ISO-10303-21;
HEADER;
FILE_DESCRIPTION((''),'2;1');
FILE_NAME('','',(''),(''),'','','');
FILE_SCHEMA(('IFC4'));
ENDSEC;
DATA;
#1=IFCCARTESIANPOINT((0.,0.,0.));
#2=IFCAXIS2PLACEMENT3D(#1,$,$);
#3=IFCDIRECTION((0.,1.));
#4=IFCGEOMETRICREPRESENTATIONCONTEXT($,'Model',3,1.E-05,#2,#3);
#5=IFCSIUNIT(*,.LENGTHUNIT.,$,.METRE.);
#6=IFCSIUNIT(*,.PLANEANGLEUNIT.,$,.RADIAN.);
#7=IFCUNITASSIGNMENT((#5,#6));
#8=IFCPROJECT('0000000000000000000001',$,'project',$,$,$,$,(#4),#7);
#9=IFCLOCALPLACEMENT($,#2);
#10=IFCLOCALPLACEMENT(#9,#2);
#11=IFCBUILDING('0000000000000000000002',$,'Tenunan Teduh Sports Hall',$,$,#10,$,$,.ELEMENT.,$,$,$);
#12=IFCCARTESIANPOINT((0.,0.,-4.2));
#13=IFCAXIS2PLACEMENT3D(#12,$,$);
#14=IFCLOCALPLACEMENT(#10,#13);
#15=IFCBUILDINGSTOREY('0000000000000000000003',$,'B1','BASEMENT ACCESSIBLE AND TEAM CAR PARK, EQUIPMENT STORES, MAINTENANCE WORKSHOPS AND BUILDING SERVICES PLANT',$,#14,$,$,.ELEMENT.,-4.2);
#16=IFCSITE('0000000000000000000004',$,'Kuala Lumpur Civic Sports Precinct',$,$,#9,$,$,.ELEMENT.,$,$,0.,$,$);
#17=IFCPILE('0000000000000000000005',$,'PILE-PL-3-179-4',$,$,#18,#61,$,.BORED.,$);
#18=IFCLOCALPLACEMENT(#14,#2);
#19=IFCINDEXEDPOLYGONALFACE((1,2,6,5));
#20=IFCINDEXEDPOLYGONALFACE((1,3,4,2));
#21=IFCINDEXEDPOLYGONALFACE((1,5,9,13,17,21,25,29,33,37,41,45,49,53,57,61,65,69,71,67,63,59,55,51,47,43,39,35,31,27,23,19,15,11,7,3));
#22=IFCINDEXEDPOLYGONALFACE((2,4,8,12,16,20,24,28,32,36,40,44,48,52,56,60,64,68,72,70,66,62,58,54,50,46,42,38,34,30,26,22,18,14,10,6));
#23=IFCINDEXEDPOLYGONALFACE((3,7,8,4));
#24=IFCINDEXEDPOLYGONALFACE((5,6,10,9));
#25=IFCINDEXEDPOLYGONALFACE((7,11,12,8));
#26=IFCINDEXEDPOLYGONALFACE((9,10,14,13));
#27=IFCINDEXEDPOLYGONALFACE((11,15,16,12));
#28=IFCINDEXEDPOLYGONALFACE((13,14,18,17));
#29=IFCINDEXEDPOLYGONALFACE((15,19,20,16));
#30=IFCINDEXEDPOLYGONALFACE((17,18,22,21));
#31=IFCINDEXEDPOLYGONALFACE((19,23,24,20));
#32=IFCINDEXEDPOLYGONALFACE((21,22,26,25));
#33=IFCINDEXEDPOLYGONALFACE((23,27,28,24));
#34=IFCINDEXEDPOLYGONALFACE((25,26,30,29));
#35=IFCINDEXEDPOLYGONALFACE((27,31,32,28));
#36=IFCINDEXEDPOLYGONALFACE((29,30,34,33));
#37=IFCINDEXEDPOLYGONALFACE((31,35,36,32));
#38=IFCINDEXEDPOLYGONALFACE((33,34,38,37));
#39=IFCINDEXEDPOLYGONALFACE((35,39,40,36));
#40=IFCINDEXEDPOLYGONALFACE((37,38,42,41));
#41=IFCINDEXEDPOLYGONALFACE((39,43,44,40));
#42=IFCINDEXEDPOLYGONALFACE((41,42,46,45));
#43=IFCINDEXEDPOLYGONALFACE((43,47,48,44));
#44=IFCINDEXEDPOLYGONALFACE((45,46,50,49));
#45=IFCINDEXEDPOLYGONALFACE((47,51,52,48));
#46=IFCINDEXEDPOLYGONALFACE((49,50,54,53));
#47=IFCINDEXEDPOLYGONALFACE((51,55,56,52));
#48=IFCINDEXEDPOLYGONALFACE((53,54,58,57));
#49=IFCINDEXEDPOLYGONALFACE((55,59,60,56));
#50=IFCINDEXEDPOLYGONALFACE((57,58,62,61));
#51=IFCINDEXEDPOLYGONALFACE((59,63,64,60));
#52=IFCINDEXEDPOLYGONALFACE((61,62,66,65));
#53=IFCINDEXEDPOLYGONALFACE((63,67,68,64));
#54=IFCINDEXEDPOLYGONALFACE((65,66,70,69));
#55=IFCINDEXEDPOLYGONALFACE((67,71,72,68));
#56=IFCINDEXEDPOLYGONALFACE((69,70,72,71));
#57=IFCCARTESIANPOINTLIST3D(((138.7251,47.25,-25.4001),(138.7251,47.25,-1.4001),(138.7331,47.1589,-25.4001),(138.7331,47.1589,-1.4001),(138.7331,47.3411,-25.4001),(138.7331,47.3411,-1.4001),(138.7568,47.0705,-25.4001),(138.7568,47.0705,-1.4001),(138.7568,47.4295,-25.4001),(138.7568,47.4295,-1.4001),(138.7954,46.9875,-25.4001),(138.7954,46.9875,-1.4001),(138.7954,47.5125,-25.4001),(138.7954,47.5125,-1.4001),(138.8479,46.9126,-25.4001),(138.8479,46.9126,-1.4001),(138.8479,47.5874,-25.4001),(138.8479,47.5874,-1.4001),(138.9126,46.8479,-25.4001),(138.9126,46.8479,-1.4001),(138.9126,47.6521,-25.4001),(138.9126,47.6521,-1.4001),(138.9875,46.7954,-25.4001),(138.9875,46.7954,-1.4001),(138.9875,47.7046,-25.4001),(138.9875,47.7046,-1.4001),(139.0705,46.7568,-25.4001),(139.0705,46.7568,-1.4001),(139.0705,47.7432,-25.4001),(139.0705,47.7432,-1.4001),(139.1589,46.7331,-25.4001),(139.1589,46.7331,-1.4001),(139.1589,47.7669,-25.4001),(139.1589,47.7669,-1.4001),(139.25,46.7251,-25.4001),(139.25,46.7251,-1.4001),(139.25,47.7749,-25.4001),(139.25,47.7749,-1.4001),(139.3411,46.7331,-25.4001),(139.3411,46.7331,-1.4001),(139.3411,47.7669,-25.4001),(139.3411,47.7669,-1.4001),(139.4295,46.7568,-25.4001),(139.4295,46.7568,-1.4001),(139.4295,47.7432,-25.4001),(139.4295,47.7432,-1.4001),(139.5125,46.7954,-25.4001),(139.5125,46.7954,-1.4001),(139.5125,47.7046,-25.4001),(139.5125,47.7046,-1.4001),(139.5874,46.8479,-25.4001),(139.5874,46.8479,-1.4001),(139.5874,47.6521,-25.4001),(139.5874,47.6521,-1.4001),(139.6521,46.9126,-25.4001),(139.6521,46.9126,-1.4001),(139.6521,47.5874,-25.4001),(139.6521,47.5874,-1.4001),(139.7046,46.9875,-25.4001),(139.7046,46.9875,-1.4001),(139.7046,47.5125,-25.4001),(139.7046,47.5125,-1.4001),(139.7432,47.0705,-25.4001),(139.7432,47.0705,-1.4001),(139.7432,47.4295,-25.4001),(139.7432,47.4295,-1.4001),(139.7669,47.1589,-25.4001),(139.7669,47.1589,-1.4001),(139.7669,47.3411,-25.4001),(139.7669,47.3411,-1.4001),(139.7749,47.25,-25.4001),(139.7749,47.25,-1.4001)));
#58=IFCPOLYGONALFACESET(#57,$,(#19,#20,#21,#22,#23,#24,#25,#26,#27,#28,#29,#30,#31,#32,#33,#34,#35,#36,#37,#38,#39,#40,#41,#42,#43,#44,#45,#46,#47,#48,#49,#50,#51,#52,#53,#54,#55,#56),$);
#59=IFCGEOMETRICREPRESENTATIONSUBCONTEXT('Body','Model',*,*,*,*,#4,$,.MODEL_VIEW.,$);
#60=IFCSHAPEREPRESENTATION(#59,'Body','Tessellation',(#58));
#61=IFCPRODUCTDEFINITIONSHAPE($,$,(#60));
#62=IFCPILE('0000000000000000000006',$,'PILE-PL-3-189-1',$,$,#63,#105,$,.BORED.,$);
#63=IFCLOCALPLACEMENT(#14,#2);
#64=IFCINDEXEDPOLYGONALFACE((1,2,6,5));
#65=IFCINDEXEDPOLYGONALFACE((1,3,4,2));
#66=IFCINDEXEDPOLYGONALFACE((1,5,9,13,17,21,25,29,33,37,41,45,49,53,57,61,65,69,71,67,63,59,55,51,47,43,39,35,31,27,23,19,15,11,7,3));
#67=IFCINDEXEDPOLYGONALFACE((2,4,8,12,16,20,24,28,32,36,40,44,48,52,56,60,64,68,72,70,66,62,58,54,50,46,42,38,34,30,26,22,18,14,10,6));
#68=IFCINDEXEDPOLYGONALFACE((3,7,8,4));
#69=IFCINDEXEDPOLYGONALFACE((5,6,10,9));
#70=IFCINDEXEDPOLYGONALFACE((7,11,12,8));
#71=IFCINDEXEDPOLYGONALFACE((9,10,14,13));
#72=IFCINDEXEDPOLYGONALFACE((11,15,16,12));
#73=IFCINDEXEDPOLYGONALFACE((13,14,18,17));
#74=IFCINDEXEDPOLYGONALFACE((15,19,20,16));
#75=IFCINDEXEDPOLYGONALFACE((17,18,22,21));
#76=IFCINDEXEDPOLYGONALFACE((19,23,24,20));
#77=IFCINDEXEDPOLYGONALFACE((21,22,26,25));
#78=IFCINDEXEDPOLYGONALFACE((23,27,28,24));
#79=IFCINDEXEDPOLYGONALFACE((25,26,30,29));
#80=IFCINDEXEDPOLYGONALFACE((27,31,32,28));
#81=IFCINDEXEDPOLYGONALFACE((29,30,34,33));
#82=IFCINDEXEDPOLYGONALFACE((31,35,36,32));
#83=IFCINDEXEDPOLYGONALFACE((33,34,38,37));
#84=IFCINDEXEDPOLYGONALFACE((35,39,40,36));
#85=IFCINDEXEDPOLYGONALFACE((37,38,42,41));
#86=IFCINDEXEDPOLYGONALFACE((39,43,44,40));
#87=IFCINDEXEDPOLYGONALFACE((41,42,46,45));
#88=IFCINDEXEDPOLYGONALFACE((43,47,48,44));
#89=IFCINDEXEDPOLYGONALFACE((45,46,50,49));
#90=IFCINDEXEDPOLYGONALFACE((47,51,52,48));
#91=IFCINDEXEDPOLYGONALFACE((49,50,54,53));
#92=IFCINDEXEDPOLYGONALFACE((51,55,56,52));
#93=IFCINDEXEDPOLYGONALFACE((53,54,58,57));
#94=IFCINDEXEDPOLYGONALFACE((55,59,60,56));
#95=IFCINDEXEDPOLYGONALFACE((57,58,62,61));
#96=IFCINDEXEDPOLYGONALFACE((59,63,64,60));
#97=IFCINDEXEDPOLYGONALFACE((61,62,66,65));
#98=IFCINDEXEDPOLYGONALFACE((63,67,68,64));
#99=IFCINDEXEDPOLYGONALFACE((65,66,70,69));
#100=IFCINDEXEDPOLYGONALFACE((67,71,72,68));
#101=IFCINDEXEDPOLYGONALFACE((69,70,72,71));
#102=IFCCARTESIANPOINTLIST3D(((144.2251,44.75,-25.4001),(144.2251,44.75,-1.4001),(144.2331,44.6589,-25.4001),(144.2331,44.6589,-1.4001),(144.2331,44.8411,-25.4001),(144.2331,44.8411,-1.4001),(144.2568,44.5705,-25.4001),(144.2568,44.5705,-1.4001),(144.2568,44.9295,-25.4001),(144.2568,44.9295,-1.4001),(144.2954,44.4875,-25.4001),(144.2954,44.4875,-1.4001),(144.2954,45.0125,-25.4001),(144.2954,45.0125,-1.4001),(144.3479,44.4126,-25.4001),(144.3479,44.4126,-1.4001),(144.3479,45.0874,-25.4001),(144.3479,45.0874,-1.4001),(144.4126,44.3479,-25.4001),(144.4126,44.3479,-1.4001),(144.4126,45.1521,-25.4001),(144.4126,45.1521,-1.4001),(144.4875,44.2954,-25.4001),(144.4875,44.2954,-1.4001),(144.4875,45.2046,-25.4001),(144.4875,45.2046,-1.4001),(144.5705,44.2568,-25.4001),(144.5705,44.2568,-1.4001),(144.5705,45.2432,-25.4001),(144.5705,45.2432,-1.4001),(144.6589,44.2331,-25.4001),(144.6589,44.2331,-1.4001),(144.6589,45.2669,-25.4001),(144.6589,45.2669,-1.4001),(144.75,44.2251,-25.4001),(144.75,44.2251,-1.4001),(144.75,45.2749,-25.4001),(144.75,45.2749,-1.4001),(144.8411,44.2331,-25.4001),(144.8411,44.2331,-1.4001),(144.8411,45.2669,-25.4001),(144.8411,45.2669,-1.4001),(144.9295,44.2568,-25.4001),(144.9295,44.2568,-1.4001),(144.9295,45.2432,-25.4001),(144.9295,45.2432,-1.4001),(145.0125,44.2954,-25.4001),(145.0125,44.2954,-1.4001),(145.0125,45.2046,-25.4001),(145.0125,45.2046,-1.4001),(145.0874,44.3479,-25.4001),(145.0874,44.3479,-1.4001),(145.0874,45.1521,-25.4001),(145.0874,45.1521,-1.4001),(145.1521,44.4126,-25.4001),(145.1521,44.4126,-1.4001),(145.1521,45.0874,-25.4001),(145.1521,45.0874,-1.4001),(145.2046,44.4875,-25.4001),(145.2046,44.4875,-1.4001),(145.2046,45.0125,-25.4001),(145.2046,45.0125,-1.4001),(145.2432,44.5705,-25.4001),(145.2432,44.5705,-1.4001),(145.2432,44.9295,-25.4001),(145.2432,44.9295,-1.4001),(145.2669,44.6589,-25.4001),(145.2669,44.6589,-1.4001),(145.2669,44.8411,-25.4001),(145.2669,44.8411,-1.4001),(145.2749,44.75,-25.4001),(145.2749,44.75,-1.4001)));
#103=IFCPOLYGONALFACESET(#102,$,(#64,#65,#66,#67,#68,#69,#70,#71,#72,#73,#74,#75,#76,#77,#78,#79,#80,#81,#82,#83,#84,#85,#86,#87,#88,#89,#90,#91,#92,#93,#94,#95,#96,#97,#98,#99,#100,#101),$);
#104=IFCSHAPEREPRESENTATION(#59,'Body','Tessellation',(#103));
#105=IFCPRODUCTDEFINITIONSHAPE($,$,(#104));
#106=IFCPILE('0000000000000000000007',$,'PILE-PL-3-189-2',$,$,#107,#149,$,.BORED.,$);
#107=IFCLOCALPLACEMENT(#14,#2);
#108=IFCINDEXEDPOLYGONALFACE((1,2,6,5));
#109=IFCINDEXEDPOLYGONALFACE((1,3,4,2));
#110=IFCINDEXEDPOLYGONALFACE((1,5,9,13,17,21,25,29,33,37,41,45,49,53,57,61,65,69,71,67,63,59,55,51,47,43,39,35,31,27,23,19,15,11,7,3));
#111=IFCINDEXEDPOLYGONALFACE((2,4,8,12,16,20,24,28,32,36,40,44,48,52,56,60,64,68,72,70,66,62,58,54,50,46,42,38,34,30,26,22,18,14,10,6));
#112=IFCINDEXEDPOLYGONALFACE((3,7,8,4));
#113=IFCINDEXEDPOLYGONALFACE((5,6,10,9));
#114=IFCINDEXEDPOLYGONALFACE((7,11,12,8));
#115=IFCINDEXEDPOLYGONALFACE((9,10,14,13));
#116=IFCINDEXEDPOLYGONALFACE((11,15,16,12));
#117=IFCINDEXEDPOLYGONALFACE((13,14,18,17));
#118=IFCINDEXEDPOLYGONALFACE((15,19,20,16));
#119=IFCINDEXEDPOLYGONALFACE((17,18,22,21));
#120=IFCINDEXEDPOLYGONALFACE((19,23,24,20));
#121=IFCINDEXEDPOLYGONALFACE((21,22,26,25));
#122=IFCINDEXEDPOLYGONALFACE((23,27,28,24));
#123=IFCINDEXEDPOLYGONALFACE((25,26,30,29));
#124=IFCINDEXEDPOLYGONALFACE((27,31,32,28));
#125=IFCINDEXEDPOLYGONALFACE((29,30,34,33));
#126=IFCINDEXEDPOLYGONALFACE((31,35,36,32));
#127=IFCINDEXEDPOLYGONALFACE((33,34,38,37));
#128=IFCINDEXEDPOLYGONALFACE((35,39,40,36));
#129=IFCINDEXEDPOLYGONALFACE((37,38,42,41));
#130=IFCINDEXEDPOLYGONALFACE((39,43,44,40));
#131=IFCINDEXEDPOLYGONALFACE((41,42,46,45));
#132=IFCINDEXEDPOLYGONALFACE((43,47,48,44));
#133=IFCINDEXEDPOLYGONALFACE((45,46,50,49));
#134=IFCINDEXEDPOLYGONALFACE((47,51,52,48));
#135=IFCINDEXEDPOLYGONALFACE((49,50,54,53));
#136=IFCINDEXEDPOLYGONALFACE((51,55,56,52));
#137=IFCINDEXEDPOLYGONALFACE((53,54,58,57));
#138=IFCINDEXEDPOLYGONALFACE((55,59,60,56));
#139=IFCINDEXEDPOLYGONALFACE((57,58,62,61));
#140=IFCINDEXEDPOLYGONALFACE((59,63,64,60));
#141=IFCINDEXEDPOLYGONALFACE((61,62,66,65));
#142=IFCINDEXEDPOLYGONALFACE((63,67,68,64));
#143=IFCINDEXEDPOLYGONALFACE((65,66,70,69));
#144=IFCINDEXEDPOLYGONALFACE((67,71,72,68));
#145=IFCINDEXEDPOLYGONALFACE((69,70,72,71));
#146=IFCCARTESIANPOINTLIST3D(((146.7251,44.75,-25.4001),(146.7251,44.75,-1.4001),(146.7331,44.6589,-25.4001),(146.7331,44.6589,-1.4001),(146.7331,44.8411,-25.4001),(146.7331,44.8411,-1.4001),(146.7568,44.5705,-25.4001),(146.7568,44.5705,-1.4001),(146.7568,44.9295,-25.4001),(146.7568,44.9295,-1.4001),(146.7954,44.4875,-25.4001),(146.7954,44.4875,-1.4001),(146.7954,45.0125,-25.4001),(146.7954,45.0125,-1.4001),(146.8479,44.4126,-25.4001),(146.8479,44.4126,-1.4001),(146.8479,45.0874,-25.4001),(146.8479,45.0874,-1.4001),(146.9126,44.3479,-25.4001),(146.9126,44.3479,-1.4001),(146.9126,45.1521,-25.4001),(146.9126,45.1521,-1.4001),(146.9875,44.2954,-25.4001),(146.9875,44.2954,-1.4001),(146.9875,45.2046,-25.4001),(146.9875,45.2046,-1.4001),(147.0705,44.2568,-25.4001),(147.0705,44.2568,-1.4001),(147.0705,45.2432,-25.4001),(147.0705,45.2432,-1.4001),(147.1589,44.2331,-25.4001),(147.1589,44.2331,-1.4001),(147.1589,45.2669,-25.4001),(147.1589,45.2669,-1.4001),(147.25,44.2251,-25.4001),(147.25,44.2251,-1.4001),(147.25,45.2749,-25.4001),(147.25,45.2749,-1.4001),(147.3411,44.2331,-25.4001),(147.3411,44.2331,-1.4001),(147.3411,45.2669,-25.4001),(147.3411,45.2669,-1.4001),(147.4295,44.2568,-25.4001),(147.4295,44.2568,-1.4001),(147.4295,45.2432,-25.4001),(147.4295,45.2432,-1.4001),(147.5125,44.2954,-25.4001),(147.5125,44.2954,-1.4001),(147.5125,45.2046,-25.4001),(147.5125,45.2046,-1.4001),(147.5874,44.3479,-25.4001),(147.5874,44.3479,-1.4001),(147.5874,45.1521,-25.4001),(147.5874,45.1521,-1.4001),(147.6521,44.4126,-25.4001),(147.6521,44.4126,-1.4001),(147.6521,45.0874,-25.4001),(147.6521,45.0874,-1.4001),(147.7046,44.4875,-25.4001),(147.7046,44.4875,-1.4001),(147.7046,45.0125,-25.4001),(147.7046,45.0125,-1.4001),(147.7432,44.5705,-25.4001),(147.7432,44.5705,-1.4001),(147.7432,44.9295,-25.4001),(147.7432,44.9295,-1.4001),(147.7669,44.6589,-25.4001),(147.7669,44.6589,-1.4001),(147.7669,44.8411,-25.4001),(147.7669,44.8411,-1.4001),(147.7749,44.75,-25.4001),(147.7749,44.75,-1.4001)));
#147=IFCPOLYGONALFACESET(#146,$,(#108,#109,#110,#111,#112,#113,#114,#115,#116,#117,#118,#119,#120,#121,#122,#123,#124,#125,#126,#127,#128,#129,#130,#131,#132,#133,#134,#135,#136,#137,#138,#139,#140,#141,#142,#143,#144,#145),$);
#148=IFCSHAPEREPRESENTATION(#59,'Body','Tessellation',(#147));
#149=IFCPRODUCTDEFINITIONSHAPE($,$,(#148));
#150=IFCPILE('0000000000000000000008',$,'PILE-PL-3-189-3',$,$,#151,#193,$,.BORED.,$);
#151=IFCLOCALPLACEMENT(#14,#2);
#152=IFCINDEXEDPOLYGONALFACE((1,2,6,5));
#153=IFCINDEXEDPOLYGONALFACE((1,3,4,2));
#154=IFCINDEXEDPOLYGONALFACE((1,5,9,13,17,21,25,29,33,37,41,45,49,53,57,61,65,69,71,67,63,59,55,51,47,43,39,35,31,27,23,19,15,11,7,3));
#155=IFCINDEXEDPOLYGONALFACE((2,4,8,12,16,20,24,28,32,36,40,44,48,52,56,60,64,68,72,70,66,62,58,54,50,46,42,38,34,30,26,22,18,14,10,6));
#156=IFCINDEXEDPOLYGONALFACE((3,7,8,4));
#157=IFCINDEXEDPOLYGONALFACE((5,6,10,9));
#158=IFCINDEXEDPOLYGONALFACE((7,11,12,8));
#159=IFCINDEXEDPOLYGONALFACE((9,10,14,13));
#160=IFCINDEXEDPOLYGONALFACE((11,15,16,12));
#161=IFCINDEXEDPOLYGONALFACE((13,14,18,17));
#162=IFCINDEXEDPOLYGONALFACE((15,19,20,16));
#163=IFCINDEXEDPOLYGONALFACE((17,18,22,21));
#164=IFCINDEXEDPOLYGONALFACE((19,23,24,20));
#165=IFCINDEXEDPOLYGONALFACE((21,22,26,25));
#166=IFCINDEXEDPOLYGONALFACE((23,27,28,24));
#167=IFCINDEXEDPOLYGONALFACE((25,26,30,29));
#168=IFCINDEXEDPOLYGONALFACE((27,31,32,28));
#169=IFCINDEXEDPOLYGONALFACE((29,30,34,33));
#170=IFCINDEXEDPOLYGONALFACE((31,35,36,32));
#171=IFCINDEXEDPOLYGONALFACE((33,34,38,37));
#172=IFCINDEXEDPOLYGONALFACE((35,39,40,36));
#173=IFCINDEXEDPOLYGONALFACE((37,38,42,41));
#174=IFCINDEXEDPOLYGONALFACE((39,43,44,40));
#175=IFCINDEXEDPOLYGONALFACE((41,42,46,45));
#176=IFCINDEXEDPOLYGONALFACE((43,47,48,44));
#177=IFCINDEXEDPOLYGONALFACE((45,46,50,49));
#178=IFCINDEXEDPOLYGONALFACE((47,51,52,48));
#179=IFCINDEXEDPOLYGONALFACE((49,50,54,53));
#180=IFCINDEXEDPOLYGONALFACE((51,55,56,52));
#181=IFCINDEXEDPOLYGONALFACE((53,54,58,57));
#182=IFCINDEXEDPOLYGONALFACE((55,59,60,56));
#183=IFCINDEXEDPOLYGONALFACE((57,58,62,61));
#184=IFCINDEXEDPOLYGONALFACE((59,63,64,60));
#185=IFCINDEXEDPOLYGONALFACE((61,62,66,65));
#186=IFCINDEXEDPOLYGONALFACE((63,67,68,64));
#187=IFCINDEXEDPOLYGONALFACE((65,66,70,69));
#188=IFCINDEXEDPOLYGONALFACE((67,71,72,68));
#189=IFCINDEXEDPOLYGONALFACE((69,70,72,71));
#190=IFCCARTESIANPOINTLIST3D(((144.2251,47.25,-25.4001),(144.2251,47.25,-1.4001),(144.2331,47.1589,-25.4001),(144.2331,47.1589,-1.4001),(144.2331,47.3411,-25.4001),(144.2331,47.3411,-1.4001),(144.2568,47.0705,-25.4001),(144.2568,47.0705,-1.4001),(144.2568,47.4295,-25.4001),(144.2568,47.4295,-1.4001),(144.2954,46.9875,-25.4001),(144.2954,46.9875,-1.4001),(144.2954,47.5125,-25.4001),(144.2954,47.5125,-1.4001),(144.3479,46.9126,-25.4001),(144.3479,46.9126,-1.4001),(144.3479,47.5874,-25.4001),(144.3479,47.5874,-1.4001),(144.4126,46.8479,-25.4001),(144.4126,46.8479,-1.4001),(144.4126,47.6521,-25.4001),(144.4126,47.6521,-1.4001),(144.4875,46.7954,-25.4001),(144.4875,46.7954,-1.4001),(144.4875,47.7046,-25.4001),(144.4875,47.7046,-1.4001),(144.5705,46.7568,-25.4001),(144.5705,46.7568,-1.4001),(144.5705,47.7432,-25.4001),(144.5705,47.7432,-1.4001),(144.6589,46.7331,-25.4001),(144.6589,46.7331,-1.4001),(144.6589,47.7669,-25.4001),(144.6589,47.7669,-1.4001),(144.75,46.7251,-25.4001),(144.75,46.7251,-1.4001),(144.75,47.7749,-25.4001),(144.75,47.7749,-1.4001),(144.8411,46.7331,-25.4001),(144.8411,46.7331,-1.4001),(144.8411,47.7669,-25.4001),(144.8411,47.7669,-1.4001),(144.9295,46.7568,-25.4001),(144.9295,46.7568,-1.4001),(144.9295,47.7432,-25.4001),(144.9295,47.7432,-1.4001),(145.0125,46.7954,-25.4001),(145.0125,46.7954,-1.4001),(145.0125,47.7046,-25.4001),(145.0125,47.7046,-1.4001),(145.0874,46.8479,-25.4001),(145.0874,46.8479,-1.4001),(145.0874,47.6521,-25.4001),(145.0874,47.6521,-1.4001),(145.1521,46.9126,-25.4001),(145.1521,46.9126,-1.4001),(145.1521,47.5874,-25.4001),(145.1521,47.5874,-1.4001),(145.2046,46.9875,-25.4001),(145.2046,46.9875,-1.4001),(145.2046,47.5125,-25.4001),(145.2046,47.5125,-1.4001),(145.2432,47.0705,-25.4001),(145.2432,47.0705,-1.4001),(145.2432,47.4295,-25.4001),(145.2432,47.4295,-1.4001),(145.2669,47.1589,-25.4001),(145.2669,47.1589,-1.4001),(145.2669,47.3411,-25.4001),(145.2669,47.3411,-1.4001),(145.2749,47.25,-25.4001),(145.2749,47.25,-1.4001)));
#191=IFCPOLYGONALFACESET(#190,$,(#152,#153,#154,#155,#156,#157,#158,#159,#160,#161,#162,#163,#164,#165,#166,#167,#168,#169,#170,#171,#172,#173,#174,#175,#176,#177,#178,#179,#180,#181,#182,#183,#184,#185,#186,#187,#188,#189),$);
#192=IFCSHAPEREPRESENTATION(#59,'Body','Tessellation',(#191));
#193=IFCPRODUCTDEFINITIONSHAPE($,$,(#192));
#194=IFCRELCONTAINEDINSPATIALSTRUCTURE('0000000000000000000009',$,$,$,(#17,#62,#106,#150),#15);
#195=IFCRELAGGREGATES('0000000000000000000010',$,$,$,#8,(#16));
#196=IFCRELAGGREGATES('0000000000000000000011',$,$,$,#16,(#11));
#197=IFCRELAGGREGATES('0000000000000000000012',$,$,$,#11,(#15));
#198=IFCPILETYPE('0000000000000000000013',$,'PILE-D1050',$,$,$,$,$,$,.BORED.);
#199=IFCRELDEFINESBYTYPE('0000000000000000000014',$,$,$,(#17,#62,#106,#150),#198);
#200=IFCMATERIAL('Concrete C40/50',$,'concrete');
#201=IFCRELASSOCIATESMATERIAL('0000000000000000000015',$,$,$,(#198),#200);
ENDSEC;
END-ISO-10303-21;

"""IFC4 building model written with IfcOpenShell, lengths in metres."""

from ifc_helpers import new_model, si_unit, direction, frame, origin, origin_2d, place, context, subcontext, project, spatial, circle, extrude, material, material_profile, profile_set, type_object, element, save


model = new_model("IFC4")

# Units and contexts
model_context = context("Model", 3, precision=1e-05, world=origin(), true_north=direction((0.0, 1.0)))
body_context = subcontext(model_context, "Body", "Model", "MODEL_VIEW")
ifc_project = project(units=[si_unit("LENGTHUNIT", "METRE"), si_unit("PLANEANGLEUNIT", "RADIAN")], contexts=[model_context])

# Site, building, storey
site_placement = place(None, origin())
site = spatial("IfcSite", under=ifc_project, at=site_placement, Name="Kuala Lumpur Civic Sports Precinct", CompositionType="ELEMENT", RefElevation=0.0)
building_placement = place(site_placement, origin())
building = spatial("IfcBuilding", under=site, at=building_placement, Name="Tenunan Teduh Sports Hall", CompositionType="ELEMENT")
storey_placement = place(building_placement, frame((0.0, 0.0, -4.2)))
storey = spatial("IfcBuildingStorey", under=building, at=storey_placement, Name="B1", Description="BASEMENT ACCESSIBLE AND TEAM CAR PARK, EQUIPMENT STORES, MAINTENANCE WORKSHOPS AND BUILDING SERVICES PLANT", CompositionType="ELEMENT", Elevation=-4.2)

# Piles
ifc_material_1 = material(Name="Concrete C40/50", Category="concrete")
ifc_material_profile_1 = material_profile(ifc_material_1, circle(Radius=0.5249, at=origin_2d()), Name="PILE D1050")
ifc_profile_set_1 = profile_set([ifc_material_profile_1], Name="Concrete C40/50")
pile_type_1 = type_object("IfcPileType", Name="PILE-D1050", PredefinedType="BORED", material=ifc_profile_set_1)
for number, where, z_axis, x_axis, name in (
    (1, (139.25, 47.25, -1.4001), (0.0, 0.0, -1.0), (1.0, 0.0, 0.0), "PILE-PL-3-179-4"),
    (2, (144.75, 44.75, -1.4001), (0.0, 0.0, -1.0), (1.0, 0.0, 0.0), "PILE-PL-3-189-1"),
    (3, (147.25, 44.75, -1.4001), (0.0, 0.0, -1.0), (1.0, 0.0, 0.0), "PILE-PL-3-189-2"),
    (4, (144.75, 47.25, -1.4001), (0.0, 0.0, -1.0), (1.0, 0.0, 0.0), "PILE-PL-3-189-3"),
):
    element("IfcPile", number, at=place(storey_placement, frame(where, z_axis=z_axis, x_axis=x_axis)), inside=storey, type_object=pile_type_1, Name=name, PredefinedType="BORED", context=body_context, shape_type="SweptSolid", body=[
        extrude(circle(Radius=0.5249, at=origin_2d()), origin(), (0.0, 0.0, 1.0), 24.0),
    ])

save(model, "model.ifc")
